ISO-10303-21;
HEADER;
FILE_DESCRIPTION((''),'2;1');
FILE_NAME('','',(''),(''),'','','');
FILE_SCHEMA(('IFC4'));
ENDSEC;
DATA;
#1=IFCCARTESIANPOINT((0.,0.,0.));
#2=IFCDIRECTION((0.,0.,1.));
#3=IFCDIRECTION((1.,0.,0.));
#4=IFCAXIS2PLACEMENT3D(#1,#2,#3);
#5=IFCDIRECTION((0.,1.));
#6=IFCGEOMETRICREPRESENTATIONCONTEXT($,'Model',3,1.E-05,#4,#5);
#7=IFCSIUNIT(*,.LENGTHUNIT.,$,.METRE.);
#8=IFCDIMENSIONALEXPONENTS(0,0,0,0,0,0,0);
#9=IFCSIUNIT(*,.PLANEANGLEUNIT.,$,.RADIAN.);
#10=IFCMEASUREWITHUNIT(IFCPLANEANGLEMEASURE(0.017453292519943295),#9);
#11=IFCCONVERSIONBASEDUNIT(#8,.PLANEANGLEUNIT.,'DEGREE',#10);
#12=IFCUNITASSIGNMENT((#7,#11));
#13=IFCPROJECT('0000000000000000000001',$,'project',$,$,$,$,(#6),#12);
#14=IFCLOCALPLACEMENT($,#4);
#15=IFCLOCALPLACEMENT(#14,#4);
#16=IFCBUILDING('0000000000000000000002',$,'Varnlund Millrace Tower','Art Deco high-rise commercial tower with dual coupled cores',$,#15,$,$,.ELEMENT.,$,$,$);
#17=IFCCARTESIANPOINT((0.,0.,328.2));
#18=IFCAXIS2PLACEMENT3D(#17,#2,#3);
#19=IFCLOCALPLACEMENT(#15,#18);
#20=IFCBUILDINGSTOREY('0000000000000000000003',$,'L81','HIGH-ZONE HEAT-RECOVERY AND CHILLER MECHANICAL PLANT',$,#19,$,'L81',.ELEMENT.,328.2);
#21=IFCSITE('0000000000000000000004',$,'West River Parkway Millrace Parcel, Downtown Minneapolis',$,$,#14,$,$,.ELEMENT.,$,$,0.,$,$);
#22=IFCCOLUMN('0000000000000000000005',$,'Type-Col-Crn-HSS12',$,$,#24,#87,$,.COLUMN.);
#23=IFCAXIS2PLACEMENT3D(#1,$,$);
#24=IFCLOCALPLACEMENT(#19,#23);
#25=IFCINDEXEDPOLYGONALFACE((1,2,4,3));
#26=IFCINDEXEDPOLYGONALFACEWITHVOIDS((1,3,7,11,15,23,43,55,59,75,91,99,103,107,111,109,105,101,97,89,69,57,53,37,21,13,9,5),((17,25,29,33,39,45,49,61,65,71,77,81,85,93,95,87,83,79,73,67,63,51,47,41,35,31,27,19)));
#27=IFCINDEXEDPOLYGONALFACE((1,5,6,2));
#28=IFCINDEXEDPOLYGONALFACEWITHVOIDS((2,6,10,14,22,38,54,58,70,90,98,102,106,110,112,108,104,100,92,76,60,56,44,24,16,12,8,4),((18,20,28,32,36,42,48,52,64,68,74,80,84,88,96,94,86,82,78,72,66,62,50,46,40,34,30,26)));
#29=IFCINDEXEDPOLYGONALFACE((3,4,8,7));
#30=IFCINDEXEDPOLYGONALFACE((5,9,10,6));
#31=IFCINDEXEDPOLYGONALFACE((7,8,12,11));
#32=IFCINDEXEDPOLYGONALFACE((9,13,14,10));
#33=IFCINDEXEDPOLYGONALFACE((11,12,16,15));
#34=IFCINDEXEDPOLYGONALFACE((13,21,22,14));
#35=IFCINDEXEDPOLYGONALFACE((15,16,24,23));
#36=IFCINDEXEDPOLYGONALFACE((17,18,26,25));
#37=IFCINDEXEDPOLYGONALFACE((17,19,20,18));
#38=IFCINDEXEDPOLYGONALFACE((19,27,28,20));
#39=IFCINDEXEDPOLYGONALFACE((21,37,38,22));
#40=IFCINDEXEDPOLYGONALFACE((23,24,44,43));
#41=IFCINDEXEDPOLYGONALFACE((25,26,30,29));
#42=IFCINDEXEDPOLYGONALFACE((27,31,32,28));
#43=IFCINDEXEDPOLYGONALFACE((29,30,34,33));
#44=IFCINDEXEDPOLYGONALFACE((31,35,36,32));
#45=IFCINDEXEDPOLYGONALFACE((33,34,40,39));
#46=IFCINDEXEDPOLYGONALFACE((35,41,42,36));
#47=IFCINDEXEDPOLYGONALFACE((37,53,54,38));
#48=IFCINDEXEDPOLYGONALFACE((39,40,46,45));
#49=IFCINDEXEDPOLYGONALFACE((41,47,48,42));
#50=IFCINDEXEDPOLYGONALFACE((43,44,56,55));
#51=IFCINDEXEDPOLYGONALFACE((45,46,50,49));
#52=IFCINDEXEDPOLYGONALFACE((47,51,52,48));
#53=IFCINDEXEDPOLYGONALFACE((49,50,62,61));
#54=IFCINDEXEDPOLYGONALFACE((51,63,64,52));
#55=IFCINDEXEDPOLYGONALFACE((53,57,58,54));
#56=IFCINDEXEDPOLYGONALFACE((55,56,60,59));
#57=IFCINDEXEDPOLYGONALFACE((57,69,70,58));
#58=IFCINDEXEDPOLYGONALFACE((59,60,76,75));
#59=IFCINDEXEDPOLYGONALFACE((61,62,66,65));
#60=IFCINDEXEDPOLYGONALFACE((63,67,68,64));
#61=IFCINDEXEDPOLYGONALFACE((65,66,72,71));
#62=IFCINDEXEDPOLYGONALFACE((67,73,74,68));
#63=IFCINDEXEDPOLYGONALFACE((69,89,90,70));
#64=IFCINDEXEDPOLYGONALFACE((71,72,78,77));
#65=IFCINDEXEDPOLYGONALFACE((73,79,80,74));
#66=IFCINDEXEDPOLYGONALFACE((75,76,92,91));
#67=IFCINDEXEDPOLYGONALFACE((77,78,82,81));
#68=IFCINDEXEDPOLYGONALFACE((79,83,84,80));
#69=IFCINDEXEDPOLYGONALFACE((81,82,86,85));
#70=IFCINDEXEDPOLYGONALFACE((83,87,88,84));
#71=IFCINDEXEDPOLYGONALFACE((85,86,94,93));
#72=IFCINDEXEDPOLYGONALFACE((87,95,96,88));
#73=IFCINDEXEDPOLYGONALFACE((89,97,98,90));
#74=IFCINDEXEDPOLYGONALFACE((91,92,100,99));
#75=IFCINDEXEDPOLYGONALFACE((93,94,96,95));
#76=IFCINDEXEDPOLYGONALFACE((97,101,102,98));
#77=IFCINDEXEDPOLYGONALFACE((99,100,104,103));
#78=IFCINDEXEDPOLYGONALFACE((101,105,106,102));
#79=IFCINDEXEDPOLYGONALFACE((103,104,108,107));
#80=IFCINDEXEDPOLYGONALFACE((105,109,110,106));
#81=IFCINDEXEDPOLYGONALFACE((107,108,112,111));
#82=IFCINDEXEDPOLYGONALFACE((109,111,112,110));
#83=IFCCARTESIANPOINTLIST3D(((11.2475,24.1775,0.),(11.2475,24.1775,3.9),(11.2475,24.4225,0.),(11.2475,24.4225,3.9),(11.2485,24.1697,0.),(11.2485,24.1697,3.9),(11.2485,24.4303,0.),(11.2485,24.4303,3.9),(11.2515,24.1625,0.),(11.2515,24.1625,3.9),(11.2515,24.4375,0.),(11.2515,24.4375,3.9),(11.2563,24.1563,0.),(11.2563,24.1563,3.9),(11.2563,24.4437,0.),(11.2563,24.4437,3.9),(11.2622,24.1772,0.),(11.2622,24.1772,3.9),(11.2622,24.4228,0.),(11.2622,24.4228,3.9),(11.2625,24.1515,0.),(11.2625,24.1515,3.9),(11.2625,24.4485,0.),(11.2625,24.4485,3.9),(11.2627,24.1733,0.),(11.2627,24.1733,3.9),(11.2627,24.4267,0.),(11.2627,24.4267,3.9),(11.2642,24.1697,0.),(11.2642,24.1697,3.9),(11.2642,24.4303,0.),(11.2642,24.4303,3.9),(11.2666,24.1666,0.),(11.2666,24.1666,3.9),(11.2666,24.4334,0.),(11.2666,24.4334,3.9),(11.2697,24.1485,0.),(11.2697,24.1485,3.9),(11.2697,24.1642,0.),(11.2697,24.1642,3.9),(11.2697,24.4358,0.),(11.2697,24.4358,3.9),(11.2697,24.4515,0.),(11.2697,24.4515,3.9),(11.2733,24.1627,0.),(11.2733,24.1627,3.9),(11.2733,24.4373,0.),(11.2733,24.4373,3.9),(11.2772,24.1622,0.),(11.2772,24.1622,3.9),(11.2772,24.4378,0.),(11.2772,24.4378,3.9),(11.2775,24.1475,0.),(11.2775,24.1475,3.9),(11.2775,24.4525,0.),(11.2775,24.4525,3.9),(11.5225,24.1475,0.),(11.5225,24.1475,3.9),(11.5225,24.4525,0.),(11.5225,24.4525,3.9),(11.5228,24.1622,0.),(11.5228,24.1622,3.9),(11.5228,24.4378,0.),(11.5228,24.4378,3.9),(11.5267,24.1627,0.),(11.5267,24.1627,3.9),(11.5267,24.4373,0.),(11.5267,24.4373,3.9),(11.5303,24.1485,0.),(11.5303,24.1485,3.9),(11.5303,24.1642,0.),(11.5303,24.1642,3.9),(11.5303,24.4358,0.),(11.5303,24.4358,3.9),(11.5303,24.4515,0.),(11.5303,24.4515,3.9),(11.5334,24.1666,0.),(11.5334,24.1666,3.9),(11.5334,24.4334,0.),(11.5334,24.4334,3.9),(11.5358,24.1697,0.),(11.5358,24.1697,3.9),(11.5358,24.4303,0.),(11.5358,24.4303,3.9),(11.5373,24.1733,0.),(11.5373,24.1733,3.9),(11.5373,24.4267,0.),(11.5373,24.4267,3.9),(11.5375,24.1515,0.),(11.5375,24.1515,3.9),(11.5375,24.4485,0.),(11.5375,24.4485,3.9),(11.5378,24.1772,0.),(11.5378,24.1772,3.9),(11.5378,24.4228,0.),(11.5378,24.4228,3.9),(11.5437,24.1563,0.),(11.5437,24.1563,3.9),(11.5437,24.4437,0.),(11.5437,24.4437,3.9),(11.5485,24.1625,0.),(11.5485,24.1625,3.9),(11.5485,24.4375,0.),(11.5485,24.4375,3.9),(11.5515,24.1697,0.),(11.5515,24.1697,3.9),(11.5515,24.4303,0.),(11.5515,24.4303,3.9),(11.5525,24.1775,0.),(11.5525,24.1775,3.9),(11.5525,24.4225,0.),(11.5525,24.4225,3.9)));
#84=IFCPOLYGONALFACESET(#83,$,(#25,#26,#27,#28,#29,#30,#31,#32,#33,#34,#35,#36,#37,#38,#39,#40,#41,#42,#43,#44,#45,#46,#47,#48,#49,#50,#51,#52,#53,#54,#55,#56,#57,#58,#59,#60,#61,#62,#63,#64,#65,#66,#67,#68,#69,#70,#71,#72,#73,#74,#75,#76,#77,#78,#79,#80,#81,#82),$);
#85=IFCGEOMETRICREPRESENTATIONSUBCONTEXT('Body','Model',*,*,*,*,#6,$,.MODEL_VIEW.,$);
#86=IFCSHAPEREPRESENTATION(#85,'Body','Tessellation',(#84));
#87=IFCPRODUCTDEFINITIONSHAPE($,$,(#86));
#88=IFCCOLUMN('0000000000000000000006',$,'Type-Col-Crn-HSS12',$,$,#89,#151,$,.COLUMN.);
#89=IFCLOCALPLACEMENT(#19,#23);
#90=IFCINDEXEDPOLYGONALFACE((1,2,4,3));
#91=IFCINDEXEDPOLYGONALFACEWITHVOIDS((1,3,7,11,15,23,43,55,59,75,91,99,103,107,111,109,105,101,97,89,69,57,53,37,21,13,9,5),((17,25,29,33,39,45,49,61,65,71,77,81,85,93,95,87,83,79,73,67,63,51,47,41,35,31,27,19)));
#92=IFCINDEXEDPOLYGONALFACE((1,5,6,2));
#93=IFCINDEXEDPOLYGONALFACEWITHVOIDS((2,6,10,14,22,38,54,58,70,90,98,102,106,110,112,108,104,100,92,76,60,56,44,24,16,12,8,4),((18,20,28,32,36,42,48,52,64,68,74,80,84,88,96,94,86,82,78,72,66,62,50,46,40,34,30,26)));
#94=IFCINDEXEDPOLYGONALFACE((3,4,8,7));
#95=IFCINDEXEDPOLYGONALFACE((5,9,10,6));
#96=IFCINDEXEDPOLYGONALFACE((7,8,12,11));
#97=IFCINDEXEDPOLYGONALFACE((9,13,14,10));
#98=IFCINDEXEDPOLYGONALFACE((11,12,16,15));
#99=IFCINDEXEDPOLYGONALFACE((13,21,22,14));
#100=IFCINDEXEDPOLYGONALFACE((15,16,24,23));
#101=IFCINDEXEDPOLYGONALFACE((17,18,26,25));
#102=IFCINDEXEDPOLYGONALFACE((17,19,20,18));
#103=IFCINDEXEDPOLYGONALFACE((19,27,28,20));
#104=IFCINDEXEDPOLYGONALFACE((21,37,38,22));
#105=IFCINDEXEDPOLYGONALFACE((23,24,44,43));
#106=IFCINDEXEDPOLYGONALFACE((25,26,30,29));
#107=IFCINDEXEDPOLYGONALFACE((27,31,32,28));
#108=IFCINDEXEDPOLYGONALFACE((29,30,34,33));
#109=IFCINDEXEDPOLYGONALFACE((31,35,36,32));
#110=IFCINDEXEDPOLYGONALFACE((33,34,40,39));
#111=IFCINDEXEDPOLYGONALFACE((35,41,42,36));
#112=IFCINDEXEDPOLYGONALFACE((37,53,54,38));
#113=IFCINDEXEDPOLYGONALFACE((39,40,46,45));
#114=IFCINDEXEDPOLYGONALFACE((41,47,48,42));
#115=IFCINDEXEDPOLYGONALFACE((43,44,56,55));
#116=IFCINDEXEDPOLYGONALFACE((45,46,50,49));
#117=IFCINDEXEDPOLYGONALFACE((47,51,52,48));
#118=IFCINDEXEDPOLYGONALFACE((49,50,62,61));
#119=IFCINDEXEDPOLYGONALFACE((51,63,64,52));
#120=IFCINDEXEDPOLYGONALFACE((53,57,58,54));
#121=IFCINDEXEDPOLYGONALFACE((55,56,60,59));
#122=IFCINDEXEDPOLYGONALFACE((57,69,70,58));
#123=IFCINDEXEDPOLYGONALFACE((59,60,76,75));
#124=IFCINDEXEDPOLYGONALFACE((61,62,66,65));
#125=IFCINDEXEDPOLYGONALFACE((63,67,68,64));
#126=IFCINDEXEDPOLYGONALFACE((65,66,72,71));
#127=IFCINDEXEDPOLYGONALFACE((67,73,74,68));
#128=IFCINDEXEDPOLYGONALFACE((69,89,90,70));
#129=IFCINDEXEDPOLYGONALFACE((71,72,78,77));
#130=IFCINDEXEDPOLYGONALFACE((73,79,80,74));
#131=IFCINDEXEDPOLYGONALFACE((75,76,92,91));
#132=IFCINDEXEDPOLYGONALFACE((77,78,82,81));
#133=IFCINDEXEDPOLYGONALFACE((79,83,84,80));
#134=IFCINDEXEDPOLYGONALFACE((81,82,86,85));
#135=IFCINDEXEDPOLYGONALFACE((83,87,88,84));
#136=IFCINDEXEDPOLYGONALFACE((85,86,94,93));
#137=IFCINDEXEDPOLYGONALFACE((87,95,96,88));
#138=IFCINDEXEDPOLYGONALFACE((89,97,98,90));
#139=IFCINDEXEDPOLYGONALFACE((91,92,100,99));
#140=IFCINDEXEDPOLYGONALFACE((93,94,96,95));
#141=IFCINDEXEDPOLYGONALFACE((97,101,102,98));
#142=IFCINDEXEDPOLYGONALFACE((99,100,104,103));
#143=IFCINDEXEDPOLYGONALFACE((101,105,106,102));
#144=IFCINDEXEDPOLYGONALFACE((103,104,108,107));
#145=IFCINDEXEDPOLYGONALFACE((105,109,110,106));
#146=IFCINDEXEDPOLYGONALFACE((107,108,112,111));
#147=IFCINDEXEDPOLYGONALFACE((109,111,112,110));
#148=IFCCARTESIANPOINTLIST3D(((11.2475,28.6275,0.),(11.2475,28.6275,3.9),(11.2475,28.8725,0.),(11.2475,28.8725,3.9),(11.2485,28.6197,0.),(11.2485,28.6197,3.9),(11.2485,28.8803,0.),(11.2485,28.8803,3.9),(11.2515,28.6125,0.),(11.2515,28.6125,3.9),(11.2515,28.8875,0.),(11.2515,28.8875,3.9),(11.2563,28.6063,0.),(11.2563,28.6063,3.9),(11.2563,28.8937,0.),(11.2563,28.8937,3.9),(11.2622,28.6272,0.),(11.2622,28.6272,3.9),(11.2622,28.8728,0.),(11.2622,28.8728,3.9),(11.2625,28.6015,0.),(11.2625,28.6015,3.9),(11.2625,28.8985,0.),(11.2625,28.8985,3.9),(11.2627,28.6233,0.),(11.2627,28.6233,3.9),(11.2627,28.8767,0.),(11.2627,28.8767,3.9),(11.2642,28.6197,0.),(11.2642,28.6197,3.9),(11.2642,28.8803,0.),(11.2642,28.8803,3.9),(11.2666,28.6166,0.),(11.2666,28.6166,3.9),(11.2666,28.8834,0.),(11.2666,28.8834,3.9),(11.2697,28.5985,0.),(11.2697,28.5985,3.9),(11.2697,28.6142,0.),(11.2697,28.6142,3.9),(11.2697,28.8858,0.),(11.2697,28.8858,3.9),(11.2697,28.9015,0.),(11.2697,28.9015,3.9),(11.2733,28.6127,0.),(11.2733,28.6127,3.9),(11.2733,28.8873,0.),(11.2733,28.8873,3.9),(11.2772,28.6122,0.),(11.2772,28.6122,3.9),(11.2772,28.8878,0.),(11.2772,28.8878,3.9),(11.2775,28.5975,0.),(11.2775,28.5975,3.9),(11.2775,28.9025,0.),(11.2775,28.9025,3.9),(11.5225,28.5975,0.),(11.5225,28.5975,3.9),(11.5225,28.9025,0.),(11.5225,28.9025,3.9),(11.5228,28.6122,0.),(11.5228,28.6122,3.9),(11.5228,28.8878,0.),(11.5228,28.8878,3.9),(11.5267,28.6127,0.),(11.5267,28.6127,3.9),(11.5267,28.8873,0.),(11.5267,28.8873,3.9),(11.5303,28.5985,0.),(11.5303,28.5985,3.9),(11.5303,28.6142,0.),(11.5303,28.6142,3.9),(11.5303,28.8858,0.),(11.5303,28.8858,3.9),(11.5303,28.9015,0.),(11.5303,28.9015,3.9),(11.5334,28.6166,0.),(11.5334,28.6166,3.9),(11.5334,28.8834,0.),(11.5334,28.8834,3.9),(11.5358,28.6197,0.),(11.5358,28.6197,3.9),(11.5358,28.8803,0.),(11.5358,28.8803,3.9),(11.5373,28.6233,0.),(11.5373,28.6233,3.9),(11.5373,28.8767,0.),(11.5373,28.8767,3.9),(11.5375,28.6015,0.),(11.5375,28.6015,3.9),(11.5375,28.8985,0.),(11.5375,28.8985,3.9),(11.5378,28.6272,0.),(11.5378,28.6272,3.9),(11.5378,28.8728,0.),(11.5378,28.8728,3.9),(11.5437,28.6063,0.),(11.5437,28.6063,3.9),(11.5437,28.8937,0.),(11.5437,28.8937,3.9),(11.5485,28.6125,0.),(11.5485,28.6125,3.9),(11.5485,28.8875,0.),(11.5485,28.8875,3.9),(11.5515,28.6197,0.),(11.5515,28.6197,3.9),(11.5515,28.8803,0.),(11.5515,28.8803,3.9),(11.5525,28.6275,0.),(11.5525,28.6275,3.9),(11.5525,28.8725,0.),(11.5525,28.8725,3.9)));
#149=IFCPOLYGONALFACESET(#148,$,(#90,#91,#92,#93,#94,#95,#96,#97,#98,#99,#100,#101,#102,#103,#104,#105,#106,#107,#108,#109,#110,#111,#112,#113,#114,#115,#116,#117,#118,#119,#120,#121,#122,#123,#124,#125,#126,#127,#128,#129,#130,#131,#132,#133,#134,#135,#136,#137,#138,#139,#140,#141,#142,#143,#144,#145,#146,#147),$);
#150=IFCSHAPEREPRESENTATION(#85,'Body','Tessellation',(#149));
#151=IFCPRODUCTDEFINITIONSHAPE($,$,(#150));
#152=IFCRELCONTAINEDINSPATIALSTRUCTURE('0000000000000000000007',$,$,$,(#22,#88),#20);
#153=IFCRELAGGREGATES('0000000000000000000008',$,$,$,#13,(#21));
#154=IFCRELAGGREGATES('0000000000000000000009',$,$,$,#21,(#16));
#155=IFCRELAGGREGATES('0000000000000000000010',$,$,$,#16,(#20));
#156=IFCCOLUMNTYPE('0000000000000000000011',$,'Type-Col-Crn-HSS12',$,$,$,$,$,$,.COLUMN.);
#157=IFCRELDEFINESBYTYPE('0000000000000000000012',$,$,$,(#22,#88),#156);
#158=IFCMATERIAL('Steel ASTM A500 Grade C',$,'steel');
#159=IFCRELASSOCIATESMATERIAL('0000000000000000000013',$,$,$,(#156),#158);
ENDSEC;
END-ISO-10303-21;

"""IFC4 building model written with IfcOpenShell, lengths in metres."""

from ifc_helpers import new_model, entity, si_unit, converted_unit, direction, frame, origin_with_axes, origin_2d_with_axis, place, context, subcontext, project, spatial, hollow_rectangle, extrude, material, material_profile, profile_set, type_object, element, save


model = new_model("IFC4")

# Units and contexts
model_context = context("Model", 3, precision=1e-05, world=origin_with_axes(), true_north=direction((0.0, 1.0)))
body_context = subcontext(model_context, "Body", "Model", "MODEL_VIEW")
ifc_project = project(units=[si_unit("LENGTHUNIT", "METRE"), converted_unit("PLANEANGLEUNIT", "DEGREE", entity("IfcPlaneAngleMeasure", 0.017453292519943295), si_unit("PLANEANGLEUNIT", "RADIAN"), dimensions=[0, 0, 0, 0, 0, 0, 0])], contexts=[model_context])

# Site, building, storey
site_placement = place(None, origin_with_axes())
site = spatial("IfcSite", under=ifc_project, at=site_placement, Name="West River Parkway Millrace Parcel, Downtown Minneapolis", CompositionType="ELEMENT", RefElevation=0.0)
building_placement = place(site_placement, origin_with_axes())
building = spatial("IfcBuilding", under=site, at=building_placement, Name="Varnlund Millrace Tower", Description="Art Deco high-rise commercial tower with dual coupled cores", CompositionType="ELEMENT")
storey_placement = place(building_placement, frame((0.0, 0.0, 328.2), z_axis=(0.0, 0.0, 1.0), x_axis=(1.0, 0.0, 0.0)))
storey = spatial("IfcBuildingStorey", under=building, at=storey_placement, Name="L81", Description="HIGH-ZONE HEAT-RECOVERY AND CHILLER MECHANICAL PLANT", LongName="L81", CompositionType="ELEMENT", Elevation=328.2)

# Columns
ifc_material_1 = material(Name="Steel ASTM A500 Grade C", Category="steel")
ifc_material_profile_1 = material_profile(ifc_material_1, hollow_rectangle(XDim=0.305, YDim=0.305, WallThickness=0.0147, InnerFilletRadius=0.015, OuterFilletRadius=0.03, at=origin_2d_with_axis()), Name="Steel ASTM A500 Grade C")
ifc_profile_set_1 = profile_set([ifc_material_profile_1], Name="Steel ASTM A500 Grade C")
column_type = type_object("IfcColumnType", Name="Type-Col-Crn-HSS12", PredefinedType="COLUMN", material=ifc_profile_set_1)
for number, where, z_axis, x_axis, name in (
    (1, (11.4, 24.3, 0.0), (0.0, 0.0, 1.0), (1.0, 0.0, 0.0), "Type-Col-Crn-HSS12"),
    (2, (11.4, 28.75, 0.0), (0.0, 0.0, 1.0), (1.0, 0.0, 0.0), "Type-Col-Crn-HSS12"),
):
    element("IfcColumn", number, at=place(storey_placement, frame(where, z_axis=z_axis, x_axis=x_axis)), inside=storey, type_object=column_type, Name=name, PredefinedType="COLUMN", context=body_context, shape_type="SweptSolid", body=[
        extrude(hollow_rectangle(XDim=0.305, YDim=0.305, WallThickness=0.0147, InnerFilletRadius=0.015, OuterFilletRadius=0.03, at=origin_2d_with_axis()), origin_with_axes(), (0.0, 0.0, 1.0), 3.9),
    ])

save(model, "model.ifc")
